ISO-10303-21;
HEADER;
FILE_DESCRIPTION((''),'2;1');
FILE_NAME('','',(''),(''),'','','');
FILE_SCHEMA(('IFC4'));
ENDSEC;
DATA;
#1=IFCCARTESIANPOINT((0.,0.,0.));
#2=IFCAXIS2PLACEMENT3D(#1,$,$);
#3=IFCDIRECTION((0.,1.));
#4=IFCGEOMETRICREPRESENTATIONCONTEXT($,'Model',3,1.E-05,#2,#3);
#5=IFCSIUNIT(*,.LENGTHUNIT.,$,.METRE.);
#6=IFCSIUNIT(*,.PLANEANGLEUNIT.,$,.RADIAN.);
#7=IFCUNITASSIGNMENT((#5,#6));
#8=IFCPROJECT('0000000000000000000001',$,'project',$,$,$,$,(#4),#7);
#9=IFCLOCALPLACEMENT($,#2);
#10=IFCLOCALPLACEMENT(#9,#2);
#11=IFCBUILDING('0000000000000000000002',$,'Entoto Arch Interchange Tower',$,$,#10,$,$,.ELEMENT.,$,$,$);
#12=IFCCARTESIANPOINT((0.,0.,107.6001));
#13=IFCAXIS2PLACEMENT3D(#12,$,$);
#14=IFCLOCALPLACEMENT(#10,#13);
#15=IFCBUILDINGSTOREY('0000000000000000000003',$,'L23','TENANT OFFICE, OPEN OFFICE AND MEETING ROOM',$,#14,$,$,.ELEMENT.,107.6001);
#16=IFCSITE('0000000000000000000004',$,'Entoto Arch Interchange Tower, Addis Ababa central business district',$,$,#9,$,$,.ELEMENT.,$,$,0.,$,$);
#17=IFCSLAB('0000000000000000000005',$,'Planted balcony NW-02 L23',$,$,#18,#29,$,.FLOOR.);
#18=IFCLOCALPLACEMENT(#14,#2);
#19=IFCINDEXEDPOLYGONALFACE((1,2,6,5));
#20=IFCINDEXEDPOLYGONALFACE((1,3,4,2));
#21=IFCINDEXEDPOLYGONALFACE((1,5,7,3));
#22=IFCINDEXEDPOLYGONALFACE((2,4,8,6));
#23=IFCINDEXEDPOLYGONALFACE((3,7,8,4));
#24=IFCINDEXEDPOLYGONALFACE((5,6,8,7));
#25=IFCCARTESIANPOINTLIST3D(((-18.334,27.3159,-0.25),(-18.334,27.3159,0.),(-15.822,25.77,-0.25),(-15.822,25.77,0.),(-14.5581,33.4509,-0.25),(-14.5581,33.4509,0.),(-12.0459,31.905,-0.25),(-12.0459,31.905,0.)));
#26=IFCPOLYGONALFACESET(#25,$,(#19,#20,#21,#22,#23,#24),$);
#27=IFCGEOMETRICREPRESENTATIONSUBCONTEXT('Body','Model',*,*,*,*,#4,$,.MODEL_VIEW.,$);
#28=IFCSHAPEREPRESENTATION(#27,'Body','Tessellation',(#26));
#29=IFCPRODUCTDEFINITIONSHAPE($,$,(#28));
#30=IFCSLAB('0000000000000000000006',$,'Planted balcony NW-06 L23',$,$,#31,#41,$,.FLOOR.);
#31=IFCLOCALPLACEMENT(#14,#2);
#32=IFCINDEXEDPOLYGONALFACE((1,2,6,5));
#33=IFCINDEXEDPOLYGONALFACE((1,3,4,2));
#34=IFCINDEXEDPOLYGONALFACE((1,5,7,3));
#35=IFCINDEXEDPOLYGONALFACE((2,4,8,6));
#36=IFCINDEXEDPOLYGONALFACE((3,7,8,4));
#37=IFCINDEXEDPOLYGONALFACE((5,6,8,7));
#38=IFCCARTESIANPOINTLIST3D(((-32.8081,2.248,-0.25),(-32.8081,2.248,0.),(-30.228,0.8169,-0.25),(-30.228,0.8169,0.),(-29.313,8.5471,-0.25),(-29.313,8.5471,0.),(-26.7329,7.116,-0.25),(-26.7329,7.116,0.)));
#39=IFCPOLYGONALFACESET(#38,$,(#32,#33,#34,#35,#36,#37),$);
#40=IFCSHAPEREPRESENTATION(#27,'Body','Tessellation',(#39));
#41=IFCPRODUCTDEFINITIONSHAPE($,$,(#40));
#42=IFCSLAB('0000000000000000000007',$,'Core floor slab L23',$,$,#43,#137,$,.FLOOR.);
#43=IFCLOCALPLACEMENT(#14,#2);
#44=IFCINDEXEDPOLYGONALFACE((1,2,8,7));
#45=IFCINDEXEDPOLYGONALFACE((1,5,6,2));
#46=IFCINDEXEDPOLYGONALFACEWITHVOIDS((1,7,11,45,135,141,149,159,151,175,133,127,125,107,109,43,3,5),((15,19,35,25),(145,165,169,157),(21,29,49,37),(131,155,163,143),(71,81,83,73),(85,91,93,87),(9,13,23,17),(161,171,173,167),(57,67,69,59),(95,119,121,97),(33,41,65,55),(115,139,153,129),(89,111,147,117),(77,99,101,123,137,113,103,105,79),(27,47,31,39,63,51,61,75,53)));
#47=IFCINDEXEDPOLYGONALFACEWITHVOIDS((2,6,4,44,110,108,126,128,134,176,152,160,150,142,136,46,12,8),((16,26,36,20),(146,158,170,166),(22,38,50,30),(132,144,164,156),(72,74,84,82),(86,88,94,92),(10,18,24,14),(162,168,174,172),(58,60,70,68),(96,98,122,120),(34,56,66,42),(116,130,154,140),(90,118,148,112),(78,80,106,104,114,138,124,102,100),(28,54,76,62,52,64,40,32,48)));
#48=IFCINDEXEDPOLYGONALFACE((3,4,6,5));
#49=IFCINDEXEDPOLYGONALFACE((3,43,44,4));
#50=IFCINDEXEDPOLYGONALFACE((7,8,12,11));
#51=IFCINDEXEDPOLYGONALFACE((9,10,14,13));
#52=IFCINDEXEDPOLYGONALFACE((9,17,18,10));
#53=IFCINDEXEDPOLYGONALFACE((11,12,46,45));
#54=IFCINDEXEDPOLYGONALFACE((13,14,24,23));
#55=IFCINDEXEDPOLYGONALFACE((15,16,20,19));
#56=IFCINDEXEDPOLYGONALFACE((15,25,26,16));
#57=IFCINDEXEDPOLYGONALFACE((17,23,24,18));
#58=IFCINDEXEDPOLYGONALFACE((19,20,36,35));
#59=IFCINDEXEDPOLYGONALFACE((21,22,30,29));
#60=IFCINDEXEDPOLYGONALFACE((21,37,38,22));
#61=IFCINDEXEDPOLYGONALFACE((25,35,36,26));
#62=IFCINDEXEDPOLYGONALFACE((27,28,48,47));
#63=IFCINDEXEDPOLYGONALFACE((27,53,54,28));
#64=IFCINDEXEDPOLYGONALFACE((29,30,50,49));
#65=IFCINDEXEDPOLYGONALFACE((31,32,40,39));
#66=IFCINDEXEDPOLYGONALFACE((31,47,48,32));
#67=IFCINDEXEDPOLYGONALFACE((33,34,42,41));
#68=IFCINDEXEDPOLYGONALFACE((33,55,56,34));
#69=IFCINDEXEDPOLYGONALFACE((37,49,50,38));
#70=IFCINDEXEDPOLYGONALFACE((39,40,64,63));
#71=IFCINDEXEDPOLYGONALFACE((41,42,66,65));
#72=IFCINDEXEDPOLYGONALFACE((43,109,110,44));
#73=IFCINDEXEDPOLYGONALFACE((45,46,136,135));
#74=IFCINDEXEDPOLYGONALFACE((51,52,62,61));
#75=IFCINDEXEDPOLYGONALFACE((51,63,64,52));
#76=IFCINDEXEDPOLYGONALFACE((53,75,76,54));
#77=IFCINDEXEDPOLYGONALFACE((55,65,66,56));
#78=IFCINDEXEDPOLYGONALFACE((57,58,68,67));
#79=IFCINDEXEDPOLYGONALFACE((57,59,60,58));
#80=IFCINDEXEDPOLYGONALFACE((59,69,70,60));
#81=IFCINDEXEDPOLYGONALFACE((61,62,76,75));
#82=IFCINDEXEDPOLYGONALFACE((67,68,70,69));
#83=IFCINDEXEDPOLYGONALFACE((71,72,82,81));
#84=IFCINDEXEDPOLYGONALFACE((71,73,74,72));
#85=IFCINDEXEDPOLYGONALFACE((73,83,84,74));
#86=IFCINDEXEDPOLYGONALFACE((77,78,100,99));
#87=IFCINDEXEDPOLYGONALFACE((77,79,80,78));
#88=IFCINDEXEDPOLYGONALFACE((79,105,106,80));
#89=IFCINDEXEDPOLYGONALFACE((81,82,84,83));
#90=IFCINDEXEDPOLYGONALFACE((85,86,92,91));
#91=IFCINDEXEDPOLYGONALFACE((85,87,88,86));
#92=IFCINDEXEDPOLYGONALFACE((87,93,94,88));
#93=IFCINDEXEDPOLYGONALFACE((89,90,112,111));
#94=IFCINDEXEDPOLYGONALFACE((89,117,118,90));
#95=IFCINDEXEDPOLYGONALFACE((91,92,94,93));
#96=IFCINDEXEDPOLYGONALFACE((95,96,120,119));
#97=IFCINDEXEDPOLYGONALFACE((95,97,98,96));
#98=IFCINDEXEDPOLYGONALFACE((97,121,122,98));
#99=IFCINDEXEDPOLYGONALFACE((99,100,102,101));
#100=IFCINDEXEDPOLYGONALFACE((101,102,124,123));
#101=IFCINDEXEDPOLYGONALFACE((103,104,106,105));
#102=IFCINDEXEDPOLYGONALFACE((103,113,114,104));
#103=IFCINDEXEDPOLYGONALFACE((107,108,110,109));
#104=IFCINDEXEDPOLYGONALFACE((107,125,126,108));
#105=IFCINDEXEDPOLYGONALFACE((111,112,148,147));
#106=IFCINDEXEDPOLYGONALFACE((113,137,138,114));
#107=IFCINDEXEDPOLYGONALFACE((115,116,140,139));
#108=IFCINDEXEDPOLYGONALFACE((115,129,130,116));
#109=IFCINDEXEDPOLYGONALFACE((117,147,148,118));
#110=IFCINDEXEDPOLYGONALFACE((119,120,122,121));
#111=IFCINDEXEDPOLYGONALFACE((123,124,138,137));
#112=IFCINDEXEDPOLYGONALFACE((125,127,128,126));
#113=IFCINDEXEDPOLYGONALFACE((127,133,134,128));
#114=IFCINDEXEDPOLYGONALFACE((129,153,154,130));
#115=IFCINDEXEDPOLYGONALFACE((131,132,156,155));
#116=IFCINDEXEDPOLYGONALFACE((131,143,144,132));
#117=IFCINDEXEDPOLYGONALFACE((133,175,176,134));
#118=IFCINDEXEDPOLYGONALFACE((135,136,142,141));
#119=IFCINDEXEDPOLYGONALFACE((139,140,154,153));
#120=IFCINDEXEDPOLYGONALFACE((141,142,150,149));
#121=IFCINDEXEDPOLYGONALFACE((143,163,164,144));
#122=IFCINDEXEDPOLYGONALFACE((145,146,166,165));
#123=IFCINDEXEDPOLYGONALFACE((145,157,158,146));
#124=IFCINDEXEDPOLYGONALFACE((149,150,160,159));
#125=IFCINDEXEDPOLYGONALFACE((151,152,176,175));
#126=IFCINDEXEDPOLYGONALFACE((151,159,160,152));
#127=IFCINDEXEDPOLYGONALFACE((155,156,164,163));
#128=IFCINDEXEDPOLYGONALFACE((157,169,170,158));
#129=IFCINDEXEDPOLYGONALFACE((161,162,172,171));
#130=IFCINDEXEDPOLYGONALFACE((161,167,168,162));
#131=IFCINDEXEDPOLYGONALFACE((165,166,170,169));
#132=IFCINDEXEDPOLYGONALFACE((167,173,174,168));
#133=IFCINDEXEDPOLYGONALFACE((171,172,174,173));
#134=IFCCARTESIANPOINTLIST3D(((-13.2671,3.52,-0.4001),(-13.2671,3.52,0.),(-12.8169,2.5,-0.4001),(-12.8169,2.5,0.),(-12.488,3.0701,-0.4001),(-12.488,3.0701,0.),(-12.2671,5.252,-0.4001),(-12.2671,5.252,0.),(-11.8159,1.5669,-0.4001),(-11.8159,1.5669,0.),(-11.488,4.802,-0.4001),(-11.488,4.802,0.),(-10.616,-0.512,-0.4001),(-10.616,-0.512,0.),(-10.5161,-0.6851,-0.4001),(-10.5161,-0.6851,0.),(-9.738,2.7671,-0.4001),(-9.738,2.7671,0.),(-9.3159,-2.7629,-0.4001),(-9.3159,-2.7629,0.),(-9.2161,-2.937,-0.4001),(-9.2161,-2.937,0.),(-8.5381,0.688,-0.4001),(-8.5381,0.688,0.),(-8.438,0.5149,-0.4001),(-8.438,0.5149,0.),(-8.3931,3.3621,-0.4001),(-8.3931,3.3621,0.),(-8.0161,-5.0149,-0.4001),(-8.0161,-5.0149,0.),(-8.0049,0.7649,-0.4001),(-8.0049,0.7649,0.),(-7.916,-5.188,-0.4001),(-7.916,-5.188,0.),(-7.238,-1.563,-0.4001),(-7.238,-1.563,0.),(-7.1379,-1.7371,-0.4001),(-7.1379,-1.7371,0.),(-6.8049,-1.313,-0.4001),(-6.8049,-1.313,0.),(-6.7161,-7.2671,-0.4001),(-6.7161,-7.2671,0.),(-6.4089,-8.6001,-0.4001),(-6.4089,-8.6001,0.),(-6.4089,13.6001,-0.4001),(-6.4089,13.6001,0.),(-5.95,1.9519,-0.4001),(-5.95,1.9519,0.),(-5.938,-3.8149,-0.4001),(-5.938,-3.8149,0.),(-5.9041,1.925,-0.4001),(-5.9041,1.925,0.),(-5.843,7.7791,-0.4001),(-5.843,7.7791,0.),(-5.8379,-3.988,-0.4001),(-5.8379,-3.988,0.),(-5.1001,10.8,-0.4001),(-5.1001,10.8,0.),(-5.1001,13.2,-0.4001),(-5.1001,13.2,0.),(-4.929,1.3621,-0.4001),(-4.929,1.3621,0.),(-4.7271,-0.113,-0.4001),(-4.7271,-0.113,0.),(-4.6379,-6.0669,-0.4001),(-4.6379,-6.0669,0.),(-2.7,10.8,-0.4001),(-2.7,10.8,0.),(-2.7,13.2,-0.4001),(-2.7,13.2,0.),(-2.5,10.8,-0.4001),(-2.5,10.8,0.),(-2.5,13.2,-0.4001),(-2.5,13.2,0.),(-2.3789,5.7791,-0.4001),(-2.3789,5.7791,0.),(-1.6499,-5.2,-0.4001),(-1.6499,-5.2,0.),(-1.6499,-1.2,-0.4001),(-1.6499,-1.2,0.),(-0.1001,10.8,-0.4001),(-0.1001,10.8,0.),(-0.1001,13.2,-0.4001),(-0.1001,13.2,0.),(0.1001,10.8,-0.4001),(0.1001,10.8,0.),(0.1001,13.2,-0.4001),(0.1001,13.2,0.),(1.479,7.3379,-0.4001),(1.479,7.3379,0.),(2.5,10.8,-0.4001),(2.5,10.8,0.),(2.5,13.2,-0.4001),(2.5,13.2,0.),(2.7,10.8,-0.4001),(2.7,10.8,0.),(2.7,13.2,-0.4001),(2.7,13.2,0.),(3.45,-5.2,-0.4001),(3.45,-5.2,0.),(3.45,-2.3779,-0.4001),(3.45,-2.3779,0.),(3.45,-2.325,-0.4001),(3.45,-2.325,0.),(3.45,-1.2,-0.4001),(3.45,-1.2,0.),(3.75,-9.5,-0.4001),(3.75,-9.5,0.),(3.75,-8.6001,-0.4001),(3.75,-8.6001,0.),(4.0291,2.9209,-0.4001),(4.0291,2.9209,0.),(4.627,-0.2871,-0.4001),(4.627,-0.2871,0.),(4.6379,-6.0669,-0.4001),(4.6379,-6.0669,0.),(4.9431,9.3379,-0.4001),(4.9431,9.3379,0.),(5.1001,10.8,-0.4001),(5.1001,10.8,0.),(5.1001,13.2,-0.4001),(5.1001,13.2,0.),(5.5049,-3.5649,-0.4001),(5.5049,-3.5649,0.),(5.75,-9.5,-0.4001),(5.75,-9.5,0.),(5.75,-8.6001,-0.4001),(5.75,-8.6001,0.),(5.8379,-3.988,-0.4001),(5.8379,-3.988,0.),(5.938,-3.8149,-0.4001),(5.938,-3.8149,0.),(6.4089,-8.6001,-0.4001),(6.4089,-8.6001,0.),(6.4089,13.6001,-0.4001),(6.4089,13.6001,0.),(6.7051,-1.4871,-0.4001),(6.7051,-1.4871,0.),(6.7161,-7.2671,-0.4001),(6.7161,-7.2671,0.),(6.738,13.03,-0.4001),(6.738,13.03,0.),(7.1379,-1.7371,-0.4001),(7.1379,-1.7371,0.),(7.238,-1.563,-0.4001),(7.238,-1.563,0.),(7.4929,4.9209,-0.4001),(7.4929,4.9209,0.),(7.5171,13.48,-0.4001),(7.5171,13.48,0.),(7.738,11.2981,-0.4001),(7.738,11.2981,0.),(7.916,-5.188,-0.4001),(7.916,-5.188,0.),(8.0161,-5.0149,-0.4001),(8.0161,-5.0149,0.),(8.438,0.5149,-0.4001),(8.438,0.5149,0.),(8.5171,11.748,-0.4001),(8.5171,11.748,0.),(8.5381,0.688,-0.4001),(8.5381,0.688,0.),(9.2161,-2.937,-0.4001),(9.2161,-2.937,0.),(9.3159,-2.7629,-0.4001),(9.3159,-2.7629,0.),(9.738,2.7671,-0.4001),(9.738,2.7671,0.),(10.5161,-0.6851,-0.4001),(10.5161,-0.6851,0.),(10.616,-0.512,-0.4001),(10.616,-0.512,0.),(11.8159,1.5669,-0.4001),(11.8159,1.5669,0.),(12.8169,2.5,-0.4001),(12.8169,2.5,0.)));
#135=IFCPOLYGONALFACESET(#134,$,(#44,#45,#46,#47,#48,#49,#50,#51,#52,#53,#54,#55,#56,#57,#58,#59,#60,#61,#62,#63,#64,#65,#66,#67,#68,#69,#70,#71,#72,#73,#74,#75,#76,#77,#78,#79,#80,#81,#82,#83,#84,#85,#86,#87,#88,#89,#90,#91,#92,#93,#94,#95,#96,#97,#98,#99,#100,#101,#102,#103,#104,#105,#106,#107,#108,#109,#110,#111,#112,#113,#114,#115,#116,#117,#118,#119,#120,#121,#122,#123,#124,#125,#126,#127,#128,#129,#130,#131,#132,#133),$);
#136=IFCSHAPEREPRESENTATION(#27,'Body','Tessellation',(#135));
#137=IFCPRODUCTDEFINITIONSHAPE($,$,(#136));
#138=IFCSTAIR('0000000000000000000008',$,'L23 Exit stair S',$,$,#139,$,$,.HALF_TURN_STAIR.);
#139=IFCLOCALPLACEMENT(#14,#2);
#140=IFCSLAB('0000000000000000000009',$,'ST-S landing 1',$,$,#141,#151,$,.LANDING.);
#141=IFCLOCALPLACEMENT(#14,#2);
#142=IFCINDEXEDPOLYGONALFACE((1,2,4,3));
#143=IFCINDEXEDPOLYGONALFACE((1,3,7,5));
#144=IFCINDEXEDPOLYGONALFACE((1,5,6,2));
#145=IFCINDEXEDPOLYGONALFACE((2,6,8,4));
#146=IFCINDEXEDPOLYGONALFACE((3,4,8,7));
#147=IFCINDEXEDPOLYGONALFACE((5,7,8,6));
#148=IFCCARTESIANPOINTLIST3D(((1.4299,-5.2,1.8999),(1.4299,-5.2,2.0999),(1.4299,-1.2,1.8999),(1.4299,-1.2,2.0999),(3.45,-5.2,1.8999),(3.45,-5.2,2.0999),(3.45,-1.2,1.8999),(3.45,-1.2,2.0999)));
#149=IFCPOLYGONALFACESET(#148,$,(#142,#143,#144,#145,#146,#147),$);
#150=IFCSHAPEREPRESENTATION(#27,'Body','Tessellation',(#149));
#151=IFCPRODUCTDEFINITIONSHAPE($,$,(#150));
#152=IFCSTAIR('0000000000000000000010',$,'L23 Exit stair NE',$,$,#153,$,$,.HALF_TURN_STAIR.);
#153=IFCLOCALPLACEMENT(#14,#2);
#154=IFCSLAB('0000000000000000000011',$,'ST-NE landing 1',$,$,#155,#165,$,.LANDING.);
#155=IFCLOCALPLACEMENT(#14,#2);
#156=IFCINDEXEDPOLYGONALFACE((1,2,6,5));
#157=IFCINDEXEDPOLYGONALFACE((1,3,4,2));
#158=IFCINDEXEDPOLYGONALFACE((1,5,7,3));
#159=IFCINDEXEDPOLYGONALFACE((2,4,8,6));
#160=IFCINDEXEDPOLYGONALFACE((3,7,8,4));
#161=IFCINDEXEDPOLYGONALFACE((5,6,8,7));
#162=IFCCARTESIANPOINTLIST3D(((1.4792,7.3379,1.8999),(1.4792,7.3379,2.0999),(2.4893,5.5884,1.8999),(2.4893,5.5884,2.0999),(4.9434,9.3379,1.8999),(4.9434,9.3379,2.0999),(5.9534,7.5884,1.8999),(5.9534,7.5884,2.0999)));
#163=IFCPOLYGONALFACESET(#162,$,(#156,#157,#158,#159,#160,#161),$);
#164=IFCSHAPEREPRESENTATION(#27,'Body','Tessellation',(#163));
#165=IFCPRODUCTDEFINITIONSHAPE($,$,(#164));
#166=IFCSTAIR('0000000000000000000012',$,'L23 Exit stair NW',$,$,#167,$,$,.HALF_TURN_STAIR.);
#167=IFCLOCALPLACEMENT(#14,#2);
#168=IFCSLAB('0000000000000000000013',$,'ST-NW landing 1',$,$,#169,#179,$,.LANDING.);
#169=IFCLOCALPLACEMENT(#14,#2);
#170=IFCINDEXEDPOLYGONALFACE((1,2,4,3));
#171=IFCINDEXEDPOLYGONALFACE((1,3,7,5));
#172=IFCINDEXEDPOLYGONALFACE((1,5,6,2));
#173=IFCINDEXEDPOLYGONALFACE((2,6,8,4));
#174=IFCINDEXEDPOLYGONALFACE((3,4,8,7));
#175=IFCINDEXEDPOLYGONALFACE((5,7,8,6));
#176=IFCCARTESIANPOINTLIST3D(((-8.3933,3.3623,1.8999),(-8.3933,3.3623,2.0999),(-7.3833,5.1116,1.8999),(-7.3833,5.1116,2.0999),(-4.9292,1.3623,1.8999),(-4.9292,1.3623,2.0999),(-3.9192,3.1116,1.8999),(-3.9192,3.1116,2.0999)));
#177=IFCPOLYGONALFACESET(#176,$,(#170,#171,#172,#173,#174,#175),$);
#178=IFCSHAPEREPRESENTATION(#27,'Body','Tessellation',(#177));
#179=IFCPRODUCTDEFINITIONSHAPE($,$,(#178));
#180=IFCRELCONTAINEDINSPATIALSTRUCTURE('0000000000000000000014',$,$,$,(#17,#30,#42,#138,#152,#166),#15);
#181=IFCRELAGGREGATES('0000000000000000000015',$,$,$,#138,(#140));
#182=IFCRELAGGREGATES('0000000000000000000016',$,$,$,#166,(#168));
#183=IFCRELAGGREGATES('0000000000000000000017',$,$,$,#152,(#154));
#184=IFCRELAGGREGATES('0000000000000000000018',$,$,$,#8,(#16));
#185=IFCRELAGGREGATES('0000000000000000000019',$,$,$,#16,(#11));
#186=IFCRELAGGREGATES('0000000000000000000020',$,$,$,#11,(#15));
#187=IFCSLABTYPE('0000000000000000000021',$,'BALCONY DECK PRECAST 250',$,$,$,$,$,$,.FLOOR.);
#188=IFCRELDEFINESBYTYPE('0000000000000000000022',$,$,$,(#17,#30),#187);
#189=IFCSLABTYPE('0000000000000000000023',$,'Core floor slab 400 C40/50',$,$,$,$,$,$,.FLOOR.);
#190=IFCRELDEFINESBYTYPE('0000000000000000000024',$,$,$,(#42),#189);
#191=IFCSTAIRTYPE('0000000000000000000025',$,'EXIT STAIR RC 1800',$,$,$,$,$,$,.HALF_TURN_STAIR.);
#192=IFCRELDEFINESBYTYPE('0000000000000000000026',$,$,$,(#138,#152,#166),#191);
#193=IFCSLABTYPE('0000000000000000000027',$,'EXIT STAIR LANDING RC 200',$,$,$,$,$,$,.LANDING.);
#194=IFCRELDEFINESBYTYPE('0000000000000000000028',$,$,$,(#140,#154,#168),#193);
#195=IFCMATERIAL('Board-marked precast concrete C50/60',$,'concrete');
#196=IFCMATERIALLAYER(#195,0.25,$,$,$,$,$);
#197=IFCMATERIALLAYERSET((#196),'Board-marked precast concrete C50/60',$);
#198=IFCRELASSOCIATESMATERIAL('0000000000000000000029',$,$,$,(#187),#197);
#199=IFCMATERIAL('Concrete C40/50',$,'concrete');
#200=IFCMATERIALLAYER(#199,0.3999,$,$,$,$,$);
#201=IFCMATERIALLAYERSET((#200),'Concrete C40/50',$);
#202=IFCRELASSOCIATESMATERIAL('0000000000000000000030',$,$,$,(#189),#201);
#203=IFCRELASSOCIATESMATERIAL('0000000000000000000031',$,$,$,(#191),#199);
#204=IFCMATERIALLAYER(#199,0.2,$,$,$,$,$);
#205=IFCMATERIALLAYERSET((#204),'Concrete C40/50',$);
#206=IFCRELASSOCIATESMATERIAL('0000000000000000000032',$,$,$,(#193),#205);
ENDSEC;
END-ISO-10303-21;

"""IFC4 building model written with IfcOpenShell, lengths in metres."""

from ifc_helpers import new_model, si_unit, direction, frame, origin, place, context, subcontext, project, spatial, polyline, outline, extrude, material, layer, layer_set, type_object, element, aggregate, save


model = new_model("IFC4")

# Units and contexts
model_context = context("Model", 3, precision=1e-05, world=origin(), true_north=direction((0.0, 1.0)))
body_context = subcontext(model_context, "Body", "Model", "MODEL_VIEW")
ifc_project = project(units=[si_unit("LENGTHUNIT", "METRE"), si_unit("PLANEANGLEUNIT", "RADIAN")], contexts=[model_context])

# Site, building, storey
site_placement = place(None, origin())
site = spatial("IfcSite", under=ifc_project, at=site_placement, Name="Entoto Arch Interchange Tower, Addis Ababa central business district", CompositionType="ELEMENT", RefElevation=0.0)
building_placement = place(site_placement, origin())
building = spatial("IfcBuilding", under=site, at=building_placement, Name="Entoto Arch Interchange Tower", CompositionType="ELEMENT")
storey_placement = place(building_placement, frame((0.0, 0.0, 107.6001)))
storey = spatial("IfcBuildingStorey", under=building, at=storey_placement, Name="L23", Description="TENANT OFFICE, OPEN OFFICE AND MEETING ROOM", CompositionType="ELEMENT", Elevation=107.6001)

# Slabs
ifc_material_1 = material(Name="Board-marked precast concrete C50/60", Category="concrete")
ifc_layer_1 = layer(ifc_material_1, 0.25)
ifc_layer_set_1 = layer_set([ifc_layer_1], Name="Board-marked precast concrete C50/60")
slab_type_1 = type_object("IfcSlabType", Name="BALCONY DECK PRECAST 250", PredefinedType="FLOOR", material=ifc_layer_set_1)
slab_1_placement = place(storey_placement, frame((0.0, 0.0, -0.25)))
element("IfcSlab", 1, at=slab_1_placement, inside=storey, type_object=slab_type_1, Name="Planted balcony NW-02 L23", PredefinedType="FLOOR", context=body_context, shape_type="SweptSolid", body=[
    extrude(outline(polyline([(-12.0459, 31.905), (-15.822, 25.77), (-18.334, 27.3159), (-14.5581, 33.4509), (-12.0459, 31.905)])), origin(), (0.0, 0.0, 1.0), 0.25),
])
slab_2_placement = place(storey_placement, frame((0.0, 0.0, -0.25)))
element("IfcSlab", 2, at=slab_2_placement, inside=storey, type_object=slab_type_1, Name="Planted balcony NW-06 L23", PredefinedType="FLOOR", context=body_context, shape_type="SweptSolid", body=[
    extrude(outline(polyline([(-26.7329, 7.116), (-30.228, 0.8169), (-32.8081, 2.248), (-29.313, 8.5471), (-26.7329, 7.116)])), origin(), (0.0, 0.0, 1.0), 0.25),
])
ifc_material_2 = material(Name="Concrete C40/50", Category="concrete")
ifc_layer_2 = layer(ifc_material_2, 0.3999)
ifc_layer_set_2 = layer_set([ifc_layer_2], Name="Concrete C40/50")
slab_type_2 = type_object("IfcSlabType", Name="Core floor slab 400 C40/50", PredefinedType="FLOOR", material=ifc_layer_set_2)
slab_3_placement = place(storey_placement, frame((0.0, 0.0, -0.4001)))
element("IfcSlab", 3, at=slab_3_placement, inside=storey, type_object=slab_type_2, Name="Core floor slab L23", PredefinedType="FLOOR", context=body_context, shape_type="SweptSolid", body=[
    extrude(outline(polyline([(5.75, -9.5), (3.75, -9.5), (3.75, -8.6001), (-6.4089, -8.6001), (-12.8169, 2.5), (-12.488, 3.0701), (-13.2671, 3.52), (-12.2671, 5.252), (-11.488, 4.802), (-6.4089, 13.6001), (6.4089, 13.6001), (6.738, 13.03), (7.5171, 13.48), (8.5171, 11.748), (7.738, 11.2981), (12.8169, 2.5), (6.4089, -8.6001), (5.75, -8.6001), (5.75, -9.5)]), holes=[polyline([(-4.6379, -6.0669), (-5.8379, -3.988), (-7.916, -5.188), (-6.7161, -7.2671), (-4.6379, -6.0669)]), polyline([(-5.938, -3.8149), (-7.1379, -1.7371), (-9.2161, -2.937), (-8.0161, -5.0149), (-5.938, -3.8149)]), polyline([(5.5049, -3.5649), (6.7051, -1.4871), (4.627, -0.2871), (3.45, -2.325), (3.45, -1.2), (-1.6499, -1.2), (-1.6499, -5.2), (3.45, -5.2), (3.45, -2.3779), (5.5049, -3.5649)]), polyline([(-7.238, -1.563), (-8.438, 0.5149), (-10.5161, -0.6851), (-9.3159, -2.7629), (-7.238, -1.563)]), polyline([(-4.7271, -0.113), (-5.9041, 1.925), (-4.929, 1.3621), (-2.3789, 5.7791), (-5.843, 7.7791), (-8.3931, 3.3621), (-5.95, 1.9519), (-8.0049, 0.7649), (-6.8049, -1.313), (-4.7271, -0.113)]), polyline([(-8.5381, 0.688), (-9.738, 2.7671), (-11.8159, 1.5669), (-10.616, -0.512), (-8.5381, 0.688)]), polyline([(-5.1001, 10.8), (-2.7, 10.8), (-2.7, 13.2), (-5.1001, 13.2), (-5.1001, 10.8)]), polyline([(-2.5, 10.8), (-0.1001, 10.8), (-0.1001, 13.2), (-2.5, 13.2), (-2.5, 10.8)]), polyline([(5.8379, -3.988), (4.6379, -6.0669), (6.7161, -7.2671), (7.916, -5.188), (5.8379, -3.988)]), polyline([(7.1379, -1.7371), (5.938, -3.8149), (8.0161, -5.0149), (9.2161, -2.937), (7.1379, -1.7371)]), polyline([(8.438, 0.5149), (7.238, -1.563), (9.3159, -2.7629), (10.5161, -0.6851), (8.438, 0.5149)]), polyline([(9.738, 2.7671), (8.5381, 0.688), (10.616, -0.512), (11.8159, 1.5669), (9.738, 2.7671)]), polyline([(4.0291, 2.9209), (7.4929, 4.9209), (4.9431, 9.3379), (1.479, 7.3379), (4.0291, 2.9209)]), polyline([(0.1001, 13.2), (0.1001, 10.8), (2.5, 10.8), (2.5, 13.2), (0.1001, 13.2)]), polyline([(2.7, 13.2), (2.7, 10.8), (5.1001, 10.8), (5.1001, 13.2), (2.7, 13.2)])]), origin(), (0.0, 0.0, 1.0), 0.4001),
])

# Stairs, slabs
stair_type = type_object("IfcStairType", Name="EXIT STAIR RC 1800", PredefinedType="HALF_TURN_STAIR", material=ifc_material_2)
stair_1_placement = place(storey_placement, origin())
stair_1 = element("IfcStair", 4, at=stair_1_placement, inside=storey, type_object=stair_type, Name="L23 Exit stair S", PredefinedType="HALF_TURN_STAIR")
ifc_layer_3 = layer(ifc_material_2, 0.2)
ifc_layer_set_3 = layer_set([ifc_layer_3], Name="Concrete C40/50")
slab_type_3 = type_object("IfcSlabType", Name="EXIT STAIR LANDING RC 200", PredefinedType="LANDING", material=ifc_layer_set_3)
slab_4_placement = place(storey_placement, frame((0.0, 0.0, 1.8999)))
slab_4 = element("IfcSlab", 5, at=slab_4_placement, type_object=slab_type_3, Name="ST-S landing 1", PredefinedType="LANDING", context=body_context, shape_type="SweptSolid", body=[
    extrude(outline(polyline([(1.4299, -5.2), (3.45, -5.2), (3.45, -1.2), (1.4299, -1.2), (1.4299, -5.2)])), origin(), (0.0, 0.0, 1.0), 0.2),
])
aggregate(stair_1, [slab_4])
stair_2_placement = place(storey_placement, origin())
stair_2 = element("IfcStair", 6, at=stair_2_placement, inside=storey, type_object=stair_type, Name="L23 Exit stair NE", PredefinedType="HALF_TURN_STAIR")
slab_5_placement = place(storey_placement, frame((0.0, 0.0, 1.8999)))
slab_5 = element("IfcSlab", 7, at=slab_5_placement, type_object=slab_type_3, Name="ST-NE landing 1", PredefinedType="LANDING", context=body_context, shape_type="SweptSolid", body=[
    extrude(outline(polyline([(5.9534, 7.5884), (4.9434, 9.3379), (1.4792, 7.3379), (2.4893, 5.5884), (5.9534, 7.5884)])), origin(), (0.0, 0.0, 1.0), 0.2),
])
stair_3_placement = place(storey_placement, origin())
stair_3 = element("IfcStair", 8, at=stair_3_placement, inside=storey, type_object=stair_type, Name="L23 Exit stair NW", PredefinedType="HALF_TURN_STAIR")
slab_6_placement = place(storey_placement, frame((0.0, 0.0, 1.8999)))
slab_6 = element("IfcSlab", 9, at=slab_6_placement, type_object=slab_type_3, Name="ST-NW landing 1", PredefinedType="LANDING", context=body_context, shape_type="SweptSolid", body=[
    extrude(outline(polyline([(-7.3833, 5.1116), (-8.3933, 3.3623), (-4.9292, 1.3623), (-3.9192, 3.1116), (-7.3833, 5.1116)])), origin(), (0.0, 0.0, 1.0), 0.2),
])
aggregate(stair_3, [slab_6])

aggregate(stair_2, [slab_5])

save(model, "model.ifc")
